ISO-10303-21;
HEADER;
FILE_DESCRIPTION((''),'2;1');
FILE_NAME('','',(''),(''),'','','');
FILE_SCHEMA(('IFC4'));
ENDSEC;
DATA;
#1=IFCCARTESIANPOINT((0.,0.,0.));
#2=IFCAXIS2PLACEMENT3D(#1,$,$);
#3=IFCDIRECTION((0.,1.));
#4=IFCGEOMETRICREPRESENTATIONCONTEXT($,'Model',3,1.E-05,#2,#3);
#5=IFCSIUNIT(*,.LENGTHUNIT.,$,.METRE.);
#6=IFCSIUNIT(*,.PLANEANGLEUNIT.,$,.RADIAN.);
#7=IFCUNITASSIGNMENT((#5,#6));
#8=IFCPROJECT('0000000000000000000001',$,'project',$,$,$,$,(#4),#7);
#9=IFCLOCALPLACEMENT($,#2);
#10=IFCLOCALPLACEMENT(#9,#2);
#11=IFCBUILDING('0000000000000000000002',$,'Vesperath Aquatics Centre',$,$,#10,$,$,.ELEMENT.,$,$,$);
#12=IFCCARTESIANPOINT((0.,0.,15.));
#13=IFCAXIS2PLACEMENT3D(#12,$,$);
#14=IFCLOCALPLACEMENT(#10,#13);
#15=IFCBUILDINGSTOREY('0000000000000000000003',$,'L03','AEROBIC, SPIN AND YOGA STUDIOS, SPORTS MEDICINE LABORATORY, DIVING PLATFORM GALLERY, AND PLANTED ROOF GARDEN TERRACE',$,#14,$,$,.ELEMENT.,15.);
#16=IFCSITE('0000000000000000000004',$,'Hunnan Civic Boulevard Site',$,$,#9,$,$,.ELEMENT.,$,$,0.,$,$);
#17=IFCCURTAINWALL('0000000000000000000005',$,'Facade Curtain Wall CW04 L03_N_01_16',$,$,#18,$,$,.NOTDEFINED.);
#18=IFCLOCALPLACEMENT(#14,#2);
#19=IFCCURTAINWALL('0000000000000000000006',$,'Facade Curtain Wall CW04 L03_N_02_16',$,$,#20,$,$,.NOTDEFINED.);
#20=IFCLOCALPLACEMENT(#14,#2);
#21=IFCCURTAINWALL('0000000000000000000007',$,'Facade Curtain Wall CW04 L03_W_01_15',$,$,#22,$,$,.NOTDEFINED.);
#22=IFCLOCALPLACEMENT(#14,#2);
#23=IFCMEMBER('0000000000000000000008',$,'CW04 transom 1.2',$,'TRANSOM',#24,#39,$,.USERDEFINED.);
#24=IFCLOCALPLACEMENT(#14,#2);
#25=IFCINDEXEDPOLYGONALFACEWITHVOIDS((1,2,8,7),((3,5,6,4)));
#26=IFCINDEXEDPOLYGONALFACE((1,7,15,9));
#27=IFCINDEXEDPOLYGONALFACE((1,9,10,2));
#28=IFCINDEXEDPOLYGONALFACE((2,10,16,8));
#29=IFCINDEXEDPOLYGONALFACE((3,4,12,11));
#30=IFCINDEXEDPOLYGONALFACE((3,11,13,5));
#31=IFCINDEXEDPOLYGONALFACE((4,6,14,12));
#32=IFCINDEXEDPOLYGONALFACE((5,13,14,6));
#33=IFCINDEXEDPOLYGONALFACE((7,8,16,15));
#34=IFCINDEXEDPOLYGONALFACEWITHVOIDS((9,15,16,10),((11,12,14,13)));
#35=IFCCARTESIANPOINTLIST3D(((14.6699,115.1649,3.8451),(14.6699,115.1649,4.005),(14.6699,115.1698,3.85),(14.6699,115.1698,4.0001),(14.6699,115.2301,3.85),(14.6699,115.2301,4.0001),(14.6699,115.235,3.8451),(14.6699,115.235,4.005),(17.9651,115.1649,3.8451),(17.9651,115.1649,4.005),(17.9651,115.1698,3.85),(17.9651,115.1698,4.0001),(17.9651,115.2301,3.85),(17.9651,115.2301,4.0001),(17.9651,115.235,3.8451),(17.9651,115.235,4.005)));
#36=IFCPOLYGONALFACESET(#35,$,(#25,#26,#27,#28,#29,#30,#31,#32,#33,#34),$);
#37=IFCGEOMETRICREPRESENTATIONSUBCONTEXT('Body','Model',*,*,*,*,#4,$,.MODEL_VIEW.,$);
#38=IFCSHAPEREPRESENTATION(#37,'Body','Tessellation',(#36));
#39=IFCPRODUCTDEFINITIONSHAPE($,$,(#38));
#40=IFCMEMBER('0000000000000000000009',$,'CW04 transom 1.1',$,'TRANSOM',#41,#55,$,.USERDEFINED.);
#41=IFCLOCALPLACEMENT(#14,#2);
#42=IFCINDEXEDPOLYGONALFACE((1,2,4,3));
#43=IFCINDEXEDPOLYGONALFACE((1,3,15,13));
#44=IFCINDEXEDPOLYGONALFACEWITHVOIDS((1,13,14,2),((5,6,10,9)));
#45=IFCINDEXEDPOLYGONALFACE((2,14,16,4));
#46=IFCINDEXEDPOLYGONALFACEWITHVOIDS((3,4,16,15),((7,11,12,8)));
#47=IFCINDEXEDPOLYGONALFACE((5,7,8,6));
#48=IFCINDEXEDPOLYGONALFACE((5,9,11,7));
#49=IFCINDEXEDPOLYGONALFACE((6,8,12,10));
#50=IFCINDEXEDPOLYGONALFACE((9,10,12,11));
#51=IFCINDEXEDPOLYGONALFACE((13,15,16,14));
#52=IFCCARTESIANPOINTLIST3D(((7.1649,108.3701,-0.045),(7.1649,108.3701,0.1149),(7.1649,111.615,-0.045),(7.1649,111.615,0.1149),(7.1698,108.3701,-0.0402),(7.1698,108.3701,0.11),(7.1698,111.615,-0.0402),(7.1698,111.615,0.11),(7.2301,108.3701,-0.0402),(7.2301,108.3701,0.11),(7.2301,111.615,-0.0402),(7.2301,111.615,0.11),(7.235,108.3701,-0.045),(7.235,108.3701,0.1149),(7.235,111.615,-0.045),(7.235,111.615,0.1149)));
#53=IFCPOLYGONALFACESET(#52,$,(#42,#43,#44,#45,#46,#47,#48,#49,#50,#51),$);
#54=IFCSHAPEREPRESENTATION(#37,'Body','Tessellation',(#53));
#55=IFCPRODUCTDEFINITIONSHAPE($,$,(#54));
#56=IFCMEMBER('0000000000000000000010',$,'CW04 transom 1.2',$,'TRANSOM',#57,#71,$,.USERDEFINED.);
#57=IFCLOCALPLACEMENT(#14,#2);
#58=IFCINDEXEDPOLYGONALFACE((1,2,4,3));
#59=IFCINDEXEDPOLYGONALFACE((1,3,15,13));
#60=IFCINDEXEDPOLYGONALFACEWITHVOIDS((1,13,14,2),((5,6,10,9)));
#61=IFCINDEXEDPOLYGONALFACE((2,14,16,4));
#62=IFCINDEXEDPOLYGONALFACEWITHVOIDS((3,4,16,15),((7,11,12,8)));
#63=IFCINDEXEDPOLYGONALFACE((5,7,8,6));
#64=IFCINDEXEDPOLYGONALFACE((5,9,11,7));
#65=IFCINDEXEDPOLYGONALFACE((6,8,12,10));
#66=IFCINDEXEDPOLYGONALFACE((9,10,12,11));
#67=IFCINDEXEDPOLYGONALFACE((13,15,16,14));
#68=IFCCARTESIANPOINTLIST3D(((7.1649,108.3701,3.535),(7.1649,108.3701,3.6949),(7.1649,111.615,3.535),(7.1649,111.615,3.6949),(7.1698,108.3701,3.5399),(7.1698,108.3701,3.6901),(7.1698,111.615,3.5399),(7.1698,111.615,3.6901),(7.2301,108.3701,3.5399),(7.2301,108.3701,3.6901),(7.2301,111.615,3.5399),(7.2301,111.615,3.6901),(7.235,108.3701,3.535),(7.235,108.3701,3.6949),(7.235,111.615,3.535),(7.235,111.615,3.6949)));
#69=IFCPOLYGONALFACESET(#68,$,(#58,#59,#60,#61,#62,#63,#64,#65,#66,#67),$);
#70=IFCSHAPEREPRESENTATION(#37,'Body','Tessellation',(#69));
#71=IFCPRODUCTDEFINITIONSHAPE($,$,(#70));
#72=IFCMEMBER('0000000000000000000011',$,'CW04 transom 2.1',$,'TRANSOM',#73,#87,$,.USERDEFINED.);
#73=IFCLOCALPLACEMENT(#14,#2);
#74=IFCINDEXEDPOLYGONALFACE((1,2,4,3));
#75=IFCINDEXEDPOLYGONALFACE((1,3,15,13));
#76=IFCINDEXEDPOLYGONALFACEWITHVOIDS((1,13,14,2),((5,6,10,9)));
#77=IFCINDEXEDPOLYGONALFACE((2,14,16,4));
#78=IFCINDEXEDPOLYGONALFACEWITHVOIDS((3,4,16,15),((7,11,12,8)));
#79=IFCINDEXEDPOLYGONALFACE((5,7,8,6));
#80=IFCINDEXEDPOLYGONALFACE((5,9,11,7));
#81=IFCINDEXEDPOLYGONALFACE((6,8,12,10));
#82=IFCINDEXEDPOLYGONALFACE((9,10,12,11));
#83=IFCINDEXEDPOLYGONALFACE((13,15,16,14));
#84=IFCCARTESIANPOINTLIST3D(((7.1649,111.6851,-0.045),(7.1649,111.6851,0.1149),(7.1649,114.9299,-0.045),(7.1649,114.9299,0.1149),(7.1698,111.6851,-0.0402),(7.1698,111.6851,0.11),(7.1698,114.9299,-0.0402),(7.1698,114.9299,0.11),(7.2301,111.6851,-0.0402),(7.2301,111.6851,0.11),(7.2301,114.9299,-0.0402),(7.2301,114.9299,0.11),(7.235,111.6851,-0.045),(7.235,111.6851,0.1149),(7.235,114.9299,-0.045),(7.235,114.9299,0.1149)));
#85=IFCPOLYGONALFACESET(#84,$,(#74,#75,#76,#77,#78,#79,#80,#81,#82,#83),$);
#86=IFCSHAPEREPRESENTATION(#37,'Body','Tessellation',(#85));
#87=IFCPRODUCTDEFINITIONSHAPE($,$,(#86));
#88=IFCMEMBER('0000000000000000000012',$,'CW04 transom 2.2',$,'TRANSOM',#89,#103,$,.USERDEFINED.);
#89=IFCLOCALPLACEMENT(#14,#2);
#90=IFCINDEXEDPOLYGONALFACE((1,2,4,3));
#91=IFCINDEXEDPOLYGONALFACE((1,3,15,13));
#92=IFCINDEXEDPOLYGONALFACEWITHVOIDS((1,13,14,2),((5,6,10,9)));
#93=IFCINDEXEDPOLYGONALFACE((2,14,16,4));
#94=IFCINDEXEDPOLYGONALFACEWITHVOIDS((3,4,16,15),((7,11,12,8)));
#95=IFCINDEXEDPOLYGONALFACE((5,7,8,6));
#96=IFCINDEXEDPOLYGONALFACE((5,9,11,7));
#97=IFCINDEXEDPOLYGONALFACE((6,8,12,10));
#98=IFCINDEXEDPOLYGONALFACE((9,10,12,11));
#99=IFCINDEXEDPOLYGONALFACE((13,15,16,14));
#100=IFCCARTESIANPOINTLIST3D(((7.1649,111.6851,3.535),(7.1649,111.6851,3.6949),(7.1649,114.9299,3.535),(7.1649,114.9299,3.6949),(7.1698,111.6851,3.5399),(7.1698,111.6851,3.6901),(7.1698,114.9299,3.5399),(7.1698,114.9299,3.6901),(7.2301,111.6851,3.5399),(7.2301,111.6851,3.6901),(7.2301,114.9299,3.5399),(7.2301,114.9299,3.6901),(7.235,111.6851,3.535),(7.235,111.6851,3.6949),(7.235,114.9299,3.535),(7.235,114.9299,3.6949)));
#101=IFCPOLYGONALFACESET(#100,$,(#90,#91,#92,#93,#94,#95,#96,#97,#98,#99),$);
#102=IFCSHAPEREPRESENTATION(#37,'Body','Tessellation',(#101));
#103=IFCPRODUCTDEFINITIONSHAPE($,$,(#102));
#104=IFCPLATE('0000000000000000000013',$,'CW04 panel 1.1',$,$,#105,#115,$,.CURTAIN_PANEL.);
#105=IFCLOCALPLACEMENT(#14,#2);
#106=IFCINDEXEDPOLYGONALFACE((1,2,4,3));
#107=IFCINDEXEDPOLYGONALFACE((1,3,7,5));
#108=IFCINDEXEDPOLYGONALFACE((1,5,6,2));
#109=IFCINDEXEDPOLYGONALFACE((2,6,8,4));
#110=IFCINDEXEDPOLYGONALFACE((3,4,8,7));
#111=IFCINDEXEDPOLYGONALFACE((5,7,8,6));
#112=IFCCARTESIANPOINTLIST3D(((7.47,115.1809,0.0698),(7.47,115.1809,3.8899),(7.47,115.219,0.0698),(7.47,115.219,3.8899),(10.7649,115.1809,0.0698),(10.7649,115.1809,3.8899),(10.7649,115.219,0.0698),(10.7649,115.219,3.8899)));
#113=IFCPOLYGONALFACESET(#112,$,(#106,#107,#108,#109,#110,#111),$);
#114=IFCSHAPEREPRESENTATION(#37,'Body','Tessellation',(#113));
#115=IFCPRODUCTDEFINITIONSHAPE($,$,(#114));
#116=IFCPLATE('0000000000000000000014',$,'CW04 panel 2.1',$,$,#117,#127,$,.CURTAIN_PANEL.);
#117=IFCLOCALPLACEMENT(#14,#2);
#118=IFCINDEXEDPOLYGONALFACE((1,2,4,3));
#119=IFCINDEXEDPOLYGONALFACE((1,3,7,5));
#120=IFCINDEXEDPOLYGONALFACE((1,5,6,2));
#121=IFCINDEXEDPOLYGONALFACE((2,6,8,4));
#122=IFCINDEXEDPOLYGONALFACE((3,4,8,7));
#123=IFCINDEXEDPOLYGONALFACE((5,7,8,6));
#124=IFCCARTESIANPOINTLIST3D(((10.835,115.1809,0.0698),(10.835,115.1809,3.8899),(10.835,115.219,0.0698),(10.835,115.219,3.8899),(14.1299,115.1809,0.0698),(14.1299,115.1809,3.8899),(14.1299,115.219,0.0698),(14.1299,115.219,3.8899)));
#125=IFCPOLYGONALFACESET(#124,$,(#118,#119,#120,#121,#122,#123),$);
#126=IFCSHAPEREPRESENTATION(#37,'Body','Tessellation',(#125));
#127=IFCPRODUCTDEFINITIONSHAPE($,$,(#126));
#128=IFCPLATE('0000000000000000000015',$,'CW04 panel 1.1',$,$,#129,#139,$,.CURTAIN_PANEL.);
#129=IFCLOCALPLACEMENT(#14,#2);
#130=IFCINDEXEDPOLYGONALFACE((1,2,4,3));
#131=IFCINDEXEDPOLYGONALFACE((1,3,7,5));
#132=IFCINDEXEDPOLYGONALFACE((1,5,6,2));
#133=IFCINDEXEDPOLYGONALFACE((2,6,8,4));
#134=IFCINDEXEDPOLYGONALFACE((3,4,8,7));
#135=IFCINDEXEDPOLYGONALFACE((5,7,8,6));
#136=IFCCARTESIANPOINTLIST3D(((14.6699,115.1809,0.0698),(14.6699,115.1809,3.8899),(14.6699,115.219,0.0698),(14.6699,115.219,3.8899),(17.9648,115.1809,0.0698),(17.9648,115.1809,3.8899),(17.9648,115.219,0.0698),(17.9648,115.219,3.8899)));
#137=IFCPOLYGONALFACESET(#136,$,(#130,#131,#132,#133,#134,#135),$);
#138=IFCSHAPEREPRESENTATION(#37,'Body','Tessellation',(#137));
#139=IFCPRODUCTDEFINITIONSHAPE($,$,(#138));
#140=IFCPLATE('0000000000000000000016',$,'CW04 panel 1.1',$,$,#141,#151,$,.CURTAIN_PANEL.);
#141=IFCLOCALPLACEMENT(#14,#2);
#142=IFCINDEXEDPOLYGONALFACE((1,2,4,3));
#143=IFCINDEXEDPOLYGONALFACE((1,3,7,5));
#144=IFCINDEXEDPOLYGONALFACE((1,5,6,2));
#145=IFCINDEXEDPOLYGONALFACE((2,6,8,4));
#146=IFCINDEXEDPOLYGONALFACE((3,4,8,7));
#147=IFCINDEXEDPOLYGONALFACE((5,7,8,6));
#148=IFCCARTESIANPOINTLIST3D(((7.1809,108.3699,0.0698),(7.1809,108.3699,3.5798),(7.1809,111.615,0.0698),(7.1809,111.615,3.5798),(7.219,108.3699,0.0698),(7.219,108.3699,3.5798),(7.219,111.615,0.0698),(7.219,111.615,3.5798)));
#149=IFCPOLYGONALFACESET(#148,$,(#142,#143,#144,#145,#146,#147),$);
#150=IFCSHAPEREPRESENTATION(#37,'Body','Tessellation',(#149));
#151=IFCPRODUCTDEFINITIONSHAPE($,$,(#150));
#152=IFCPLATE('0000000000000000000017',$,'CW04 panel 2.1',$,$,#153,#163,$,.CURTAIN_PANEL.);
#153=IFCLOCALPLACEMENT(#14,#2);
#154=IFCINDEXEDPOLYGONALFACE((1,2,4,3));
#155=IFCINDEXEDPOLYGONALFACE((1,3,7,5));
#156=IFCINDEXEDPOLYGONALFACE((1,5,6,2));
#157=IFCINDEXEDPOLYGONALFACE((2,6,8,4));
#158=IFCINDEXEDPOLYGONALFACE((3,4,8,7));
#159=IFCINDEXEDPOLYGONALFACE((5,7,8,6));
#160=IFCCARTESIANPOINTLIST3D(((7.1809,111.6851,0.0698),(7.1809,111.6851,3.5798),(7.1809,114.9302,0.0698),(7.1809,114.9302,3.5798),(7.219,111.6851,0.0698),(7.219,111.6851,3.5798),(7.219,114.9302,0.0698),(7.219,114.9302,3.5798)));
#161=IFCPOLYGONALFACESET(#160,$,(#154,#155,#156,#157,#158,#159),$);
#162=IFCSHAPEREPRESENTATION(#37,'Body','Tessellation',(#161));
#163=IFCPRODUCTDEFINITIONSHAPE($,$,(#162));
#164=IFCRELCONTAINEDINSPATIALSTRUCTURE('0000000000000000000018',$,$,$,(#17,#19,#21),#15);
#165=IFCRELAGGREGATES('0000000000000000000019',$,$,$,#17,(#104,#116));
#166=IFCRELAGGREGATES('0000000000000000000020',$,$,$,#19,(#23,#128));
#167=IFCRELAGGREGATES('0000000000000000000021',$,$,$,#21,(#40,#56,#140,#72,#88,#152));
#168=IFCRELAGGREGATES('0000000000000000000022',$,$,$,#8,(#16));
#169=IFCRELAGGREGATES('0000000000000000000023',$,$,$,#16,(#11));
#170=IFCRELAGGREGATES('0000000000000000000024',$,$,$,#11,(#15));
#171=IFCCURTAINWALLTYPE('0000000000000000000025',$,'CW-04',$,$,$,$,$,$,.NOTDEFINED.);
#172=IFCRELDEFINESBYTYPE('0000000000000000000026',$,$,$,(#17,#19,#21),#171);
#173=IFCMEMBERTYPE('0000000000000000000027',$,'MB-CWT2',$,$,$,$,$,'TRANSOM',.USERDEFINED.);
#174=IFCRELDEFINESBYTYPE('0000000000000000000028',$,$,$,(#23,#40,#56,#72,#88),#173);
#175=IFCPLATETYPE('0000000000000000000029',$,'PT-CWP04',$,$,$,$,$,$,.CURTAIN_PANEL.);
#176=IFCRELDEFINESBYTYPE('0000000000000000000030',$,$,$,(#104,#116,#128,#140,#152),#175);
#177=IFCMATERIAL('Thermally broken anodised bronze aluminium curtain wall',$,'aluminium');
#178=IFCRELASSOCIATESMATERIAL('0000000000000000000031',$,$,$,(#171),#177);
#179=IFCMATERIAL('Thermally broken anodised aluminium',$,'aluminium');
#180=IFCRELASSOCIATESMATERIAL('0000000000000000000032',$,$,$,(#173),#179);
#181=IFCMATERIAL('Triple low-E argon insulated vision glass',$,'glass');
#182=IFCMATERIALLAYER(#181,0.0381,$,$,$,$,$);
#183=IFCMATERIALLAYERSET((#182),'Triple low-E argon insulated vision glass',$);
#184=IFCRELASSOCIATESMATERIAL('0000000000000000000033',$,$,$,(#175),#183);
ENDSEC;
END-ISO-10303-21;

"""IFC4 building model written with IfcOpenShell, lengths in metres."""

from ifc_helpers import new_model, si_unit, direction, frame, origin, origin_2d, place, context, subcontext, project, spatial, rectangle, hollow_rectangle, extrude, material, layer, layer_set, material_profile, profile_set, type_object, element, aggregate, save


model = new_model("IFC4")

# Units and contexts
model_context = context("Model", 3, precision=1e-05, world=origin(), true_north=direction((0.0, 1.0)))
body_context = subcontext(model_context, "Body", "Model", "MODEL_VIEW")
ifc_project = project(units=[si_unit("LENGTHUNIT", "METRE"), si_unit("PLANEANGLEUNIT", "RADIAN")], contexts=[model_context])

# Site, building, storey
site_placement = place(None, origin())
site = spatial("IfcSite", under=ifc_project, at=site_placement, Name="Hunnan Civic Boulevard Site", CompositionType="ELEMENT", RefElevation=0.0)
building_placement = place(site_placement, origin())
building = spatial("IfcBuilding", under=site, at=building_placement, Name="Vesperath Aquatics Centre", CompositionType="ELEMENT")
storey_placement = place(building_placement, frame((0.0, 0.0, 15.0)))
storey = spatial("IfcBuildingStorey", under=building, at=storey_placement, Name="L03", Description="AEROBIC, SPIN AND YOGA STUDIOS, SPORTS MEDICINE LABORATORY, DIVING PLATFORM GALLERY, AND PLANTED ROOF GARDEN TERRACE", CompositionType="ELEMENT", Elevation=15.0)

# Curtain wall
ifc_material_1 = material(Name="Thermally broken anodised bronze aluminium curtain wall", Category="aluminium")
curtain_wall_type = type_object("IfcCurtainWallType", Name="CW-04", PredefinedType="NOTDEFINED", material=ifc_material_1)
curtain_wall_1_placement = place(storey_placement, origin())
curtain_wall_1 = element("IfcCurtainWall", 1, at=curtain_wall_1_placement, inside=storey, type_object=curtain_wall_type, Name="Facade Curtain Wall CW04 L03_N_01_16", PredefinedType="NOTDEFINED")
ifc_material_2 = material(Name="Thermally broken anodised aluminium", Category="aluminium")

# Curtain wall
curtain_wall_2_placement = place(storey_placement, origin())
curtain_wall_2 = element("IfcCurtainWall", 2, at=curtain_wall_2_placement, inside=storey, type_object=curtain_wall_type, Name="Facade Curtain Wall CW04 L03_N_02_16", PredefinedType="NOTDEFINED")

# Curtain wall
curtain_wall_3_placement = place(storey_placement, origin())
curtain_wall_3 = element("IfcCurtainWall", 3, at=curtain_wall_3_placement, inside=storey, type_object=curtain_wall_type, Name="Facade Curtain Wall CW04 L03_W_01_15", PredefinedType="NOTDEFINED")

# Members
ifc_material_profile_1 = material_profile(ifc_material_2, hollow_rectangle(XDim=0.0701, YDim=0.1599, WallThickness=0.0049, at=origin_2d()), Name="CWT 70x160x5")
ifc_profile_set_1 = profile_set([ifc_material_profile_1], Name="Thermally broken anodised aluminium")
member_type_1 = type_object("IfcMemberType", Name="MB-CWT2", ElementType="TRANSOM", PredefinedType="USERDEFINED", material=ifc_profile_set_1)
member_1_placement = place(storey_placement, frame((14.6699, 115.2, 3.925), z_axis=(1.0, 0.0, 0.0), x_axis=(0.0, 1.0, 0.0)))
member_1 = element("IfcMember", 4, at=member_1_placement, type_object=member_type_1, Name="CW04 transom 1.2", ObjectType="TRANSOM", PredefinedType="USERDEFINED", context=body_context, shape_type="SweptSolid", body=[
    extrude(hollow_rectangle(XDim=0.0701, YDim=0.1599, WallThickness=0.0049, at=origin_2d()), origin(), (0.0, 0.0, 1.0), 3.2952),
])
member_2_placement = place(storey_placement, frame((7.2, 108.3701, 0.0349), z_axis=(0.0, 1.0, 0.0), x_axis=(-1.0, 0.0, 0.0)))
member_2 = element("IfcMember", 5, at=member_2_placement, type_object=member_type_1, Name="CW04 transom 1.1", ObjectType="TRANSOM", PredefinedType="USERDEFINED", context=body_context, shape_type="SweptSolid", body=[
    extrude(hollow_rectangle(XDim=0.0701, YDim=0.1599, WallThickness=0.0049, at=origin_2d()), origin(), (0.0, 0.0, 1.0), 3.2449),
])
member_3_placement = place(storey_placement, frame((7.2, 108.3701, 3.615), z_axis=(0.0, 1.0, 0.0), x_axis=(-1.0, 0.0, 0.0)))
member_3 = element("IfcMember", 6, at=member_3_placement, type_object=member_type_1, Name="CW04 transom 1.2", ObjectType="TRANSOM", PredefinedType="USERDEFINED", context=body_context, shape_type="SweptSolid", body=[
    extrude(hollow_rectangle(XDim=0.0701, YDim=0.1599, WallThickness=0.0049, at=origin_2d()), origin(), (0.0, 0.0, 1.0), 3.2449),
])
member_4_placement = place(storey_placement, frame((7.2, 111.6851, 0.0349), z_axis=(0.0, 1.0, 0.0), x_axis=(-1.0, 0.0, 0.0)))
member_4 = element("IfcMember", 7, at=member_4_placement, type_object=member_type_1, Name="CW04 transom 2.1", ObjectType="TRANSOM", PredefinedType="USERDEFINED", context=body_context, shape_type="SweptSolid", body=[
    extrude(hollow_rectangle(XDim=0.0701, YDim=0.1599, WallThickness=0.0049, at=origin_2d()), origin(), (0.0, 0.0, 1.0), 3.2449),
])
member_5_placement = place(storey_placement, frame((7.2, 111.6851, 3.615), z_axis=(0.0, 1.0, 0.0), x_axis=(-1.0, 0.0, 0.0)))
member_5 = element("IfcMember", 8, at=member_5_placement, type_object=member_type_1, Name="CW04 transom 2.2", ObjectType="TRANSOM", PredefinedType="USERDEFINED", context=body_context, shape_type="SweptSolid", body=[
    extrude(hollow_rectangle(XDim=0.0701, YDim=0.1599, WallThickness=0.0049, at=origin_2d()), origin(), (0.0, 0.0, 1.0), 3.2449),
])

# Plates
ifc_material_3 = material(Name="Triple low-E argon insulated vision glass", Category="glass")
ifc_layer = layer(ifc_material_3, 0.0381)
ifc_layer_set = layer_set([ifc_layer], Name="Triple low-E argon insulated vision glass")
plate_type = type_object("IfcPlateType", Name="PT-CWP04", PredefinedType="CURTAIN_PANEL", material=ifc_layer_set)
plate_1_placement = place(storey_placement, frame((9.1174, 115.2, 0.0698), z_axis=(0.0, 0.0, 1.0), x_axis=(1.0, 0.0, 0.0)))
plate_1 = element("IfcPlate", 9, at=plate_1_placement, type_object=plate_type, Name="CW04 panel 1.1", PredefinedType="CURTAIN_PANEL", context=body_context, shape_type="SweptSolid", body=[
    extrude(rectangle(XDim=3.2949, YDim=0.0381, at=origin_2d()), origin(), (0.0, 0.0, 1.0), 3.8201),
])
plate_2_placement = place(storey_placement, frame((12.4824, 115.2, 0.0698), z_axis=(0.0, 0.0, 1.0), x_axis=(1.0, 0.0, 0.0)))
plate_2 = element("IfcPlate", 10, at=plate_2_placement, type_object=plate_type, Name="CW04 panel 2.1", PredefinedType="CURTAIN_PANEL", context=body_context, shape_type="SweptSolid", body=[
    extrude(rectangle(XDim=3.2949, YDim=0.0381, at=origin_2d()), origin(), (0.0, 0.0, 1.0), 3.8201),
])
aggregate(curtain_wall_1, [plate_1, plate_2])
plate_3_placement = place(storey_placement, frame((16.3174, 115.2, 0.0698), z_axis=(0.0, 0.0, 1.0), x_axis=(1.0, 0.0, 0.0)))
plate_3 = element("IfcPlate", 11, at=plate_3_placement, type_object=plate_type, Name="CW04 panel 1.1", PredefinedType="CURTAIN_PANEL", context=body_context, shape_type="SweptSolid", body=[
    extrude(rectangle(XDim=3.2949, YDim=0.0381, at=origin_2d()), origin(), (0.0, 0.0, 1.0), 3.8201),
])
aggregate(curtain_wall_2, [member_1, plate_3])
plate_4_placement = place(storey_placement, frame((7.2, 109.9924, 0.0698), z_axis=(0.0, 0.0, 1.0), x_axis=(0.0, 1.0, 0.0)))
plate_4 = element("IfcPlate", 12, at=plate_4_placement, type_object=plate_type, Name="CW04 panel 1.1", PredefinedType="CURTAIN_PANEL", context=body_context, shape_type="SweptSolid", body=[
    extrude(rectangle(XDim=3.2451, YDim=0.0381, at=origin_2d()), origin(), (0.0, 0.0, 1.0), 3.51),
])
plate_5_placement = place(storey_placement, frame((7.2, 113.3076, 0.0698), z_axis=(0.0, 0.0, 1.0), x_axis=(0.0, 1.0, 0.0)))
plate_5 = element("IfcPlate", 13, at=plate_5_placement, type_object=plate_type, Name="CW04 panel 2.1", PredefinedType="CURTAIN_PANEL", context=body_context, shape_type="SweptSolid", body=[
    extrude(rectangle(XDim=3.2451, YDim=0.0381, at=origin_2d()), origin(), (0.0, 0.0, 1.0), 3.51),
])
aggregate(curtain_wall_3, [member_2, member_3, plate_4, member_4, member_5, plate_5])

save(model, "model.ifc")
